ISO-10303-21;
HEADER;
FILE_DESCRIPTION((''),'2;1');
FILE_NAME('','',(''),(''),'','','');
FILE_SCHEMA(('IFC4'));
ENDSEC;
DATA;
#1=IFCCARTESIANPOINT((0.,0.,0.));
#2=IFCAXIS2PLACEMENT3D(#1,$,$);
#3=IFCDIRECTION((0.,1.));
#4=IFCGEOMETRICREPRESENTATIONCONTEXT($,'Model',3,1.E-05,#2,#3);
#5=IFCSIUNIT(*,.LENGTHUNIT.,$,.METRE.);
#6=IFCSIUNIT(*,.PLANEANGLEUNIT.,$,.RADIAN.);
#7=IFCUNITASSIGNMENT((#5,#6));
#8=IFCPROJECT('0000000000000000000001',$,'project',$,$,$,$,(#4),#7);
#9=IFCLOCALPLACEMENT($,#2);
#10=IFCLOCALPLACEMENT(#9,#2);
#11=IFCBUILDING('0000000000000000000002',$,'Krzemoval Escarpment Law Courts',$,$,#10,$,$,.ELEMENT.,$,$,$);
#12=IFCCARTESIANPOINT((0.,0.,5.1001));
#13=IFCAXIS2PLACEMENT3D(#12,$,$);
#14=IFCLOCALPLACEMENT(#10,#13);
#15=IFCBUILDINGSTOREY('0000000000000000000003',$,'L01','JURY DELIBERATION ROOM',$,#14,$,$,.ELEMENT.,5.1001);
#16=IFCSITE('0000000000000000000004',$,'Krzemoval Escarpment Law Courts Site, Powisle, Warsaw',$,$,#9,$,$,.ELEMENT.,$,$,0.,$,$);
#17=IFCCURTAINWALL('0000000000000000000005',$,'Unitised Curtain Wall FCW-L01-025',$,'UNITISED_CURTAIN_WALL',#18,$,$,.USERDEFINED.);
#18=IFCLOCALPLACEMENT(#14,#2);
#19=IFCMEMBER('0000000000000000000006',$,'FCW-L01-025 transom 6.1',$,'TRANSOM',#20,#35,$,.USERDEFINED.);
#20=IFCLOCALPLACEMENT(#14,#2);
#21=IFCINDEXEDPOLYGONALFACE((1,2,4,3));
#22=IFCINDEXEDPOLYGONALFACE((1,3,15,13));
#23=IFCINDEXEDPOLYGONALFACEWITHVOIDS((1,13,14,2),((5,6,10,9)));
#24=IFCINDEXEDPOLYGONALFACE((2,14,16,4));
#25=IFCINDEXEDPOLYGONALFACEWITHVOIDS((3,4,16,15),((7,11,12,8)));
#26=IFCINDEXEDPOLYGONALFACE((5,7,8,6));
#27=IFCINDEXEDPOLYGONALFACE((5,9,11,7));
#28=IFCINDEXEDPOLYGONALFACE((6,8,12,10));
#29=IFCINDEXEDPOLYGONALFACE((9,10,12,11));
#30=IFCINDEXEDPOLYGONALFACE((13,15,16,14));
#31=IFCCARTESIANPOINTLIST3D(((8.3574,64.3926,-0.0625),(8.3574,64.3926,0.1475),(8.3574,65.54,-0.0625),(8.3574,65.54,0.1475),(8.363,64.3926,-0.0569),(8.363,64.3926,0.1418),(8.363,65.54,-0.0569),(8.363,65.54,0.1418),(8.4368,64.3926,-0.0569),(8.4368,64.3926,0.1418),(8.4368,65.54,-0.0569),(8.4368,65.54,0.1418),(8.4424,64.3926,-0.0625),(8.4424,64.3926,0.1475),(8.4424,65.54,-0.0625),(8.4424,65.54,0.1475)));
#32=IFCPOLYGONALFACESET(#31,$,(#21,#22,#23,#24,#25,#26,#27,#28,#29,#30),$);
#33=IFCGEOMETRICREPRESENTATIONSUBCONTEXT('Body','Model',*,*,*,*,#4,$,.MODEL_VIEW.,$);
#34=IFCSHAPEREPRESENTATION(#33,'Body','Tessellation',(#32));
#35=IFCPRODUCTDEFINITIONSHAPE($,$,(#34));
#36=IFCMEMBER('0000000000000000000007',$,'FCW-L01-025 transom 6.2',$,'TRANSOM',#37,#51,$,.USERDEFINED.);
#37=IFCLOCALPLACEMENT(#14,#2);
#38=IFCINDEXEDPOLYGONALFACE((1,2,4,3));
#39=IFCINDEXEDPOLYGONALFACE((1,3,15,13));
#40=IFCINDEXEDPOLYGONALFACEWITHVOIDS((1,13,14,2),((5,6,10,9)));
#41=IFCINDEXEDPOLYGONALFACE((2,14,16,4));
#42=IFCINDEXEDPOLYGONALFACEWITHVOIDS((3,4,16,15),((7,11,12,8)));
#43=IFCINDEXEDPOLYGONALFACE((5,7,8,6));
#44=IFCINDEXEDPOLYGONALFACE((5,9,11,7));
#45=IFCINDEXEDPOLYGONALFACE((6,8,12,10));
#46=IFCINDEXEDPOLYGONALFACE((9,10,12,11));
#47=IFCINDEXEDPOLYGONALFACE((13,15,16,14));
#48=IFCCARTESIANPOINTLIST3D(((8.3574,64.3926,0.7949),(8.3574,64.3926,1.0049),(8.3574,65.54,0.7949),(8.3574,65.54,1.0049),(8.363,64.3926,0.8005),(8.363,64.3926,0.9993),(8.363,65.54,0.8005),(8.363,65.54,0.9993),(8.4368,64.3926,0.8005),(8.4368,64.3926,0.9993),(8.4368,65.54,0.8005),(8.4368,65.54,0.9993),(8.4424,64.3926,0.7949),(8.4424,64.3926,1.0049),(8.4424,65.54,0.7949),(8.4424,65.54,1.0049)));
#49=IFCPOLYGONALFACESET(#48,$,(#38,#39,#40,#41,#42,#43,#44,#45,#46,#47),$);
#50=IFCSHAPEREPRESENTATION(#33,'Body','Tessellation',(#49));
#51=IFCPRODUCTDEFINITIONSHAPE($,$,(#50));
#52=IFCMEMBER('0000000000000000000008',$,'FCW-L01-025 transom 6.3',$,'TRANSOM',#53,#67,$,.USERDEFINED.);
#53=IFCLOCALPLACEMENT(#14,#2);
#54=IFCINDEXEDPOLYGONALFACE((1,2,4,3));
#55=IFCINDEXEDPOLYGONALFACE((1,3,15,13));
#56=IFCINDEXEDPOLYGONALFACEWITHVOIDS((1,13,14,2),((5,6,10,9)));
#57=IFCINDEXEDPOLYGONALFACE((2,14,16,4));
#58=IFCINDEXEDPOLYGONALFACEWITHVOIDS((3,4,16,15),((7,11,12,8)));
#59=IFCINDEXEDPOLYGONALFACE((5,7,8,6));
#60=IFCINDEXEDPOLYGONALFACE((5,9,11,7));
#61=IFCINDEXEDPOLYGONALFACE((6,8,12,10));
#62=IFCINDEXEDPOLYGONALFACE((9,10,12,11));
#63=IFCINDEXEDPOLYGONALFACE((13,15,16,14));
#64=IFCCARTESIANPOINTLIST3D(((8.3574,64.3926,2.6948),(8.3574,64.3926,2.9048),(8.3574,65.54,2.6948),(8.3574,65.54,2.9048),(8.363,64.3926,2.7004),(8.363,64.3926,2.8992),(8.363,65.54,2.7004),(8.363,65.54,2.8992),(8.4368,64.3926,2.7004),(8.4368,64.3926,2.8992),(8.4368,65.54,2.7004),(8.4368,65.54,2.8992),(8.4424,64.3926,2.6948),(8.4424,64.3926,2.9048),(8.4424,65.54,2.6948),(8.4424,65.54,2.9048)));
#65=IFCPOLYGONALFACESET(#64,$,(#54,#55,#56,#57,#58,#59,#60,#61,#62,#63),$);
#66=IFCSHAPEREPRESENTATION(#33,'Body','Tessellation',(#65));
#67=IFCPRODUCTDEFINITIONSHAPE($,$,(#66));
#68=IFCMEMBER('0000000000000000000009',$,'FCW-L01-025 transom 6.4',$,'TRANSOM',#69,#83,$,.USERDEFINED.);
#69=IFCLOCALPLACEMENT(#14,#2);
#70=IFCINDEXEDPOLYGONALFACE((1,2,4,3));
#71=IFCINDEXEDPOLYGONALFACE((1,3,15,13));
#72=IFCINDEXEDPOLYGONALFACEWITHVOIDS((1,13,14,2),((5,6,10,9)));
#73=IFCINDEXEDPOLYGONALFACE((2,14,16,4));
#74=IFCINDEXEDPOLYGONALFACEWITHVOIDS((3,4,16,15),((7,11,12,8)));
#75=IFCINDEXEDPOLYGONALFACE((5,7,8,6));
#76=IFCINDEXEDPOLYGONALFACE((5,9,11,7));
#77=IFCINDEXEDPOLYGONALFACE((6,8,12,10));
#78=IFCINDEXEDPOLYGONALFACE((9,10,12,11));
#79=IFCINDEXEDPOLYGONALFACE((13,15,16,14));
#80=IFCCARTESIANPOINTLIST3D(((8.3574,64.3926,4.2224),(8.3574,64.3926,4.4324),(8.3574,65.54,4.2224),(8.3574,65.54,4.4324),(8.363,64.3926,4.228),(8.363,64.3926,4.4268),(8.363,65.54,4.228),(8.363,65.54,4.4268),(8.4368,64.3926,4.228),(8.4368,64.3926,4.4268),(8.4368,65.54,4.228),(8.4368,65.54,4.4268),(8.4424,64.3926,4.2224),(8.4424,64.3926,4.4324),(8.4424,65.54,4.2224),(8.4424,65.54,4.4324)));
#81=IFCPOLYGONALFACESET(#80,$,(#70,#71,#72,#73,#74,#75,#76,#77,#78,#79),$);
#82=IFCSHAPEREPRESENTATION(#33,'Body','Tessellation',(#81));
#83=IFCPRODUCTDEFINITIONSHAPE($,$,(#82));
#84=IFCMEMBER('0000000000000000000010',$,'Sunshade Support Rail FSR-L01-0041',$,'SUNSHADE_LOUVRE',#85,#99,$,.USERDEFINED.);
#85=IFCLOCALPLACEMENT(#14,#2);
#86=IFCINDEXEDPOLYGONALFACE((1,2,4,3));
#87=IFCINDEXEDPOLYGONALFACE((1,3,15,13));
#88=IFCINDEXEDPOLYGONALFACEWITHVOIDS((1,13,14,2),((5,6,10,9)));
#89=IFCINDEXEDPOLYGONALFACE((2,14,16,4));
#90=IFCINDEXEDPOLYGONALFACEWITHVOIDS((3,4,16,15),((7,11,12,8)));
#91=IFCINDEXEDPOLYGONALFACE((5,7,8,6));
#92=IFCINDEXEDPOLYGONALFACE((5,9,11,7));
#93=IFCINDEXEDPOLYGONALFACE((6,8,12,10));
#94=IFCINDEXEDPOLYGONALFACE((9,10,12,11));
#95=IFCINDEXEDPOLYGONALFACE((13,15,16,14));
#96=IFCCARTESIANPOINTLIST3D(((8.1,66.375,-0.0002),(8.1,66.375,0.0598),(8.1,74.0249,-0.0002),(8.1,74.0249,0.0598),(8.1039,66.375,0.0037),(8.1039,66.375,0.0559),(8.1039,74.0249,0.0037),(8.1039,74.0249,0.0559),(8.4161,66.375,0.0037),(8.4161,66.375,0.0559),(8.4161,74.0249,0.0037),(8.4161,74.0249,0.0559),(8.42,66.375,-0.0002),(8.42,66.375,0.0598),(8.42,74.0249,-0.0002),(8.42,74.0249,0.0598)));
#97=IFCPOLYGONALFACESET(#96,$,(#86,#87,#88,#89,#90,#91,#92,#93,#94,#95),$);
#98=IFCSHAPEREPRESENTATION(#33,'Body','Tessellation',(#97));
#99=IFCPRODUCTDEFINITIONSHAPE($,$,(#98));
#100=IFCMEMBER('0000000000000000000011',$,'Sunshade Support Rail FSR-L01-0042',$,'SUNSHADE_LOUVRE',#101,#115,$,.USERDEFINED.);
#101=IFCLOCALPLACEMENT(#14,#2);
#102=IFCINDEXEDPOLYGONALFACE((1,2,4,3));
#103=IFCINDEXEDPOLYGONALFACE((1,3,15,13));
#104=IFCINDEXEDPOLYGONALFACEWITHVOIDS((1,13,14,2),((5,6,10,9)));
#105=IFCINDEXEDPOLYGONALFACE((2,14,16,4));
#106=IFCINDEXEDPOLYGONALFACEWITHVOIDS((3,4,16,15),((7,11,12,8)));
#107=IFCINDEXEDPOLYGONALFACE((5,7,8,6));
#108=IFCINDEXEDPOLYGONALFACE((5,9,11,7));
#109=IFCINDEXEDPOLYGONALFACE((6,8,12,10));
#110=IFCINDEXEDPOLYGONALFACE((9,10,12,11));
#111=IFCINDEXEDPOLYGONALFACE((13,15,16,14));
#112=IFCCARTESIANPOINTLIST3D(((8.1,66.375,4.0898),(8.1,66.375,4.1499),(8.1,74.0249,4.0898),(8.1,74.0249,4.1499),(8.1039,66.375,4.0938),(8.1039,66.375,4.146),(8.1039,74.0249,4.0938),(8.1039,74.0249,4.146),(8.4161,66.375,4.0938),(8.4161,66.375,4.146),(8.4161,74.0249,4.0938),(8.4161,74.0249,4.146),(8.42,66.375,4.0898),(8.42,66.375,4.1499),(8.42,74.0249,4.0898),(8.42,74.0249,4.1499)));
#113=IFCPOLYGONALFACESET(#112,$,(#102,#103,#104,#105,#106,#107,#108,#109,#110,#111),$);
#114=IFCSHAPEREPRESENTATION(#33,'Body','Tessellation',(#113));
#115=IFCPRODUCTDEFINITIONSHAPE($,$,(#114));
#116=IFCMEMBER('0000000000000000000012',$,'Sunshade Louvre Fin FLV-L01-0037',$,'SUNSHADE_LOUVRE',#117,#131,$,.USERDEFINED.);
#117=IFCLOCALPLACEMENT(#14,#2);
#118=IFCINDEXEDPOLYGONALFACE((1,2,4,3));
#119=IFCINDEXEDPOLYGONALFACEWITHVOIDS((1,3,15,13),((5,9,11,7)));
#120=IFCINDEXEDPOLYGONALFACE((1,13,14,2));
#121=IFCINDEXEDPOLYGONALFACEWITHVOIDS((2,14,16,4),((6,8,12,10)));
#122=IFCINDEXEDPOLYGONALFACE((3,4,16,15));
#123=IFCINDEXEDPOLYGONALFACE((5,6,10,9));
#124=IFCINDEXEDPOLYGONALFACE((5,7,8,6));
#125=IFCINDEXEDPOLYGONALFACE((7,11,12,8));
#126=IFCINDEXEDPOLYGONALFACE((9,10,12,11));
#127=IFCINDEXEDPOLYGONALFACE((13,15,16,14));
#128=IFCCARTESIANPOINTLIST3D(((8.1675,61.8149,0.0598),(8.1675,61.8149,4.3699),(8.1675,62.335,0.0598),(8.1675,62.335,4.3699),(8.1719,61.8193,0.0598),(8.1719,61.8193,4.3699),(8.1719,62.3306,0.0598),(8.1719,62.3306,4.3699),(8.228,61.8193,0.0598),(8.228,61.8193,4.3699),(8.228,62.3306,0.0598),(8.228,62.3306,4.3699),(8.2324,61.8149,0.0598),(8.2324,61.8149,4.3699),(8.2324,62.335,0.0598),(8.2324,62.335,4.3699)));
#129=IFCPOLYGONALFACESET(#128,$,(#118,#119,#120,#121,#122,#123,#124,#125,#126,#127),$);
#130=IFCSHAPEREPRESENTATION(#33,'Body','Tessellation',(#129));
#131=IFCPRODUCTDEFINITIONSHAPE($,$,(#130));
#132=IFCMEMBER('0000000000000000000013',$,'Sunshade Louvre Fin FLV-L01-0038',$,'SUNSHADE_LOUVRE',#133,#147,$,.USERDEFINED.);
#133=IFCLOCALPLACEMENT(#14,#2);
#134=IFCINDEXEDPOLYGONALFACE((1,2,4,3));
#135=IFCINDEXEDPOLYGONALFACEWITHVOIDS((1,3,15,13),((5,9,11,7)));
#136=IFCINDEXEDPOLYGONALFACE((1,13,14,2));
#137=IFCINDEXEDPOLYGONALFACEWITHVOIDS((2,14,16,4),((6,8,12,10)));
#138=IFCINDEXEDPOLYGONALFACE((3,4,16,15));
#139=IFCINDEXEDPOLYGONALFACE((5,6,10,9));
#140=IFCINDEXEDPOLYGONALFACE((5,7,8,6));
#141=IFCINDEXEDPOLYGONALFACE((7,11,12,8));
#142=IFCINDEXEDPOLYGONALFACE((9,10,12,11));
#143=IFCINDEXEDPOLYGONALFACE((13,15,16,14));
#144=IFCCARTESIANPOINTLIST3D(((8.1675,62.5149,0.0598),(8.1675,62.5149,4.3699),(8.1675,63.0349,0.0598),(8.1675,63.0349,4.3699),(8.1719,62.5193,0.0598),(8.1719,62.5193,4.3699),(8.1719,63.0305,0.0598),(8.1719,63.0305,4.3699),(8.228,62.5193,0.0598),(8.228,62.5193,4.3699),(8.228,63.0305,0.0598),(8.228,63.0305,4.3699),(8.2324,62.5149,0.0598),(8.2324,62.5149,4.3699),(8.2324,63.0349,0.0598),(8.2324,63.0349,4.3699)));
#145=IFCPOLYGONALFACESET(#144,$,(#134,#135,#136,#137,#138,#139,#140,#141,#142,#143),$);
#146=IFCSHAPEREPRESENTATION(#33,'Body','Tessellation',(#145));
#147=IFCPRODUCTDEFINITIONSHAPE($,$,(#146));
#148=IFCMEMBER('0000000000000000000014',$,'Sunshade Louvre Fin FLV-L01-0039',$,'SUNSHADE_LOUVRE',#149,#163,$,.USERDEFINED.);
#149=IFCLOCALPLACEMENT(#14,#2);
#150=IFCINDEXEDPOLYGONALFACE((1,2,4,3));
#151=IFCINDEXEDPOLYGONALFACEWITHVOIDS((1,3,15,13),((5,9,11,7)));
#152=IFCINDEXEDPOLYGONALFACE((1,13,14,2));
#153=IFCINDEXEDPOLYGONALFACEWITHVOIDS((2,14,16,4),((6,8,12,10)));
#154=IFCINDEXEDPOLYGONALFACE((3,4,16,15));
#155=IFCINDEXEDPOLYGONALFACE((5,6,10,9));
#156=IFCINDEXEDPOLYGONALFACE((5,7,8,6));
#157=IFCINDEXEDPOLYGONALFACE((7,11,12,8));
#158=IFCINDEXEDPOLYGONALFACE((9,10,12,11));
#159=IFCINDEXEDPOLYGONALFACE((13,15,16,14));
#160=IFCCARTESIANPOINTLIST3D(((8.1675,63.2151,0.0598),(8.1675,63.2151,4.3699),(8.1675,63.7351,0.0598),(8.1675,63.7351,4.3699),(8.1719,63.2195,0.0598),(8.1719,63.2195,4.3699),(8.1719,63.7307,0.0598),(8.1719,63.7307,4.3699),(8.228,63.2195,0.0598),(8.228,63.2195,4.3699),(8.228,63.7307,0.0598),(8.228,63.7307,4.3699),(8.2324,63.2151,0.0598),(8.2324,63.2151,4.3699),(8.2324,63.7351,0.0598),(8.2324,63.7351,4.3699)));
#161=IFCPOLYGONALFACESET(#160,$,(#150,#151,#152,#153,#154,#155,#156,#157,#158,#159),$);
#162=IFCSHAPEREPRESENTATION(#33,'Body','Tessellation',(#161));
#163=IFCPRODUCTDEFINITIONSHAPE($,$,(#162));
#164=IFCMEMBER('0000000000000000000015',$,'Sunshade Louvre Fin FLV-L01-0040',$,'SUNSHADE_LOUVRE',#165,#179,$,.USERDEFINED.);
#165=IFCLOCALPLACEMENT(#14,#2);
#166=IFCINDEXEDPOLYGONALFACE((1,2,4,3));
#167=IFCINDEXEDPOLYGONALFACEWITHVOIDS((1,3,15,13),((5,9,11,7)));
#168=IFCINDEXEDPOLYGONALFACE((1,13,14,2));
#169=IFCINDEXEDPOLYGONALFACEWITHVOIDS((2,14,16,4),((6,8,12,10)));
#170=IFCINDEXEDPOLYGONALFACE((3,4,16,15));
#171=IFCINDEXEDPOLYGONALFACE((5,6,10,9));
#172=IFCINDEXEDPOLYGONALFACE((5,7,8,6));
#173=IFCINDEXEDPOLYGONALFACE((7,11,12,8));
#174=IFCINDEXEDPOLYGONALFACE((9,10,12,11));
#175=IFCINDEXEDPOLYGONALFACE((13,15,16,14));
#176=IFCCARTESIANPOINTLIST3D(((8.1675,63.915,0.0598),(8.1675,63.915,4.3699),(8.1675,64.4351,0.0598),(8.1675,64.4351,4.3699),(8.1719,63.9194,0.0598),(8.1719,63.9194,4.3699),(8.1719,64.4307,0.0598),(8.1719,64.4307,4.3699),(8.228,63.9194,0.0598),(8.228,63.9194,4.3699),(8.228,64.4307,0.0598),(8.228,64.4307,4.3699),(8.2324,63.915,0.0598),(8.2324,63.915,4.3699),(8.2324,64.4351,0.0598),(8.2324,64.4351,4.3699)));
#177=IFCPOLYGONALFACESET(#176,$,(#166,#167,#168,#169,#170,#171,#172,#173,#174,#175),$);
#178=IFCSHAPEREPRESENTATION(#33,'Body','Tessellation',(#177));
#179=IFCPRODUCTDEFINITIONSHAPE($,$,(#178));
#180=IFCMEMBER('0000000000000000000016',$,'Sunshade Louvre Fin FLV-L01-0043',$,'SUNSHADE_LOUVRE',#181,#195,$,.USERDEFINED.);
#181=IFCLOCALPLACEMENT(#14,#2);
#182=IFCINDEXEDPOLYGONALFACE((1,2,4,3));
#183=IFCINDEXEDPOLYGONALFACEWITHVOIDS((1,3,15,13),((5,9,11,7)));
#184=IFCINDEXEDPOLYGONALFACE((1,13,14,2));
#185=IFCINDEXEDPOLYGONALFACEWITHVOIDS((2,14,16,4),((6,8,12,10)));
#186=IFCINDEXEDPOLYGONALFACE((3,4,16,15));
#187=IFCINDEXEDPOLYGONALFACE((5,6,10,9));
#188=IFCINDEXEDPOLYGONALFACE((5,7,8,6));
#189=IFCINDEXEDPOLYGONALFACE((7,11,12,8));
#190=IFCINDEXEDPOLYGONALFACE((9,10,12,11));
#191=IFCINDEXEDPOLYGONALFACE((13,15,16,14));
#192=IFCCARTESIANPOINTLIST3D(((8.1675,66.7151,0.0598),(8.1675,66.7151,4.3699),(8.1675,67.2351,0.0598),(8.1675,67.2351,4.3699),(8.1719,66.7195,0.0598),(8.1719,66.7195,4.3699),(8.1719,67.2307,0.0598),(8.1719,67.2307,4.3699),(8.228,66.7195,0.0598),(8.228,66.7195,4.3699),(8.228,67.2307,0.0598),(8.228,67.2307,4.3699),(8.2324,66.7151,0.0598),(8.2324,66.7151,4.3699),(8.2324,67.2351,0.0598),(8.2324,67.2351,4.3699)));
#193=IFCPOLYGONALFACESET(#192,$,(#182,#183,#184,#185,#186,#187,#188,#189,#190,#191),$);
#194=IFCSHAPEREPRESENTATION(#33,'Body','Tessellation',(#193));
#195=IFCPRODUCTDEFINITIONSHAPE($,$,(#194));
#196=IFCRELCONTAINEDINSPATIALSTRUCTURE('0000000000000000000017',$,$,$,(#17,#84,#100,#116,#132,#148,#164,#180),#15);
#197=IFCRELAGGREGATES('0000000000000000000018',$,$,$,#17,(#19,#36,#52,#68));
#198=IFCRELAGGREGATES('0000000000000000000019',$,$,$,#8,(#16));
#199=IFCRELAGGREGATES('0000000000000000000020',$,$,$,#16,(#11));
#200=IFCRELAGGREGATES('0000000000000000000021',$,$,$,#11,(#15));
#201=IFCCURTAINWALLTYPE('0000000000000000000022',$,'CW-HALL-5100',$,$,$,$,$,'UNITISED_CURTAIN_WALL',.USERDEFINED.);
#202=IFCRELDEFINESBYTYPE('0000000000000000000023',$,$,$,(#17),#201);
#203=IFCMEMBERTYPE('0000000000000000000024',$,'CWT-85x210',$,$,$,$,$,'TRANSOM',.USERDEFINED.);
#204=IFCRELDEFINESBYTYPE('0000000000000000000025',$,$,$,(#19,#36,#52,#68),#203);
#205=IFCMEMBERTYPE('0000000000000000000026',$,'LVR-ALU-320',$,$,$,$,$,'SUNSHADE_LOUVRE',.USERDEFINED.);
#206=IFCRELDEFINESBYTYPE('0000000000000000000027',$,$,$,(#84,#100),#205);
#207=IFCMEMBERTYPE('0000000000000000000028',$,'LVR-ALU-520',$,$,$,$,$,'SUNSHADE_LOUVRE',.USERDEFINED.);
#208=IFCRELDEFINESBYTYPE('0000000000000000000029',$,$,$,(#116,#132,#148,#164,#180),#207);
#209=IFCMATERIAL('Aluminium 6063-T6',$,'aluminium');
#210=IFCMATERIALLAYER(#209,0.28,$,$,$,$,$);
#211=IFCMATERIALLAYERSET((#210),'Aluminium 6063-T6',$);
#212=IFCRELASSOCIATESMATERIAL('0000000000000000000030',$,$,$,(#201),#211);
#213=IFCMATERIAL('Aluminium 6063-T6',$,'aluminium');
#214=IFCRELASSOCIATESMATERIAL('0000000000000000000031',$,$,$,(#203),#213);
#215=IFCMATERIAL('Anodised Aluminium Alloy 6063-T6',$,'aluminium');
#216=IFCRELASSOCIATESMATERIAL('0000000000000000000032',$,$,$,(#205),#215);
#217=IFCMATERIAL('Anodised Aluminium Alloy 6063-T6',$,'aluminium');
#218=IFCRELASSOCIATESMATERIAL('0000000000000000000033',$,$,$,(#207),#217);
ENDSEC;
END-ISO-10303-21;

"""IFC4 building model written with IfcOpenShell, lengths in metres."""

from ifc_helpers import new_model, si_unit, direction, frame, origin, origin_2d, place, context, subcontext, project, spatial, hollow_rectangle, extrude, material, layer, layer_set, material_profile, profile_set, type_object, element, aggregate, save


model = new_model("IFC4")

# Units and contexts
model_context = context("Model", 3, precision=1e-05, world=origin(), true_north=direction((0.0, 1.0)))
body_context = subcontext(model_context, "Body", "Model", "MODEL_VIEW")
ifc_project = project(units=[si_unit("LENGTHUNIT", "METRE"), si_unit("PLANEANGLEUNIT", "RADIAN")], contexts=[model_context])

# Site, building, storey
site_placement = place(None, origin())
site = spatial("IfcSite", under=ifc_project, at=site_placement, Name="Krzemoval Escarpment Law Courts Site, Powisle, Warsaw", CompositionType="ELEMENT", RefElevation=0.0)
building_placement = place(site_placement, origin())
building = spatial("IfcBuilding", under=site, at=building_placement, Name="Krzemoval Escarpment Law Courts", CompositionType="ELEMENT")
storey_placement = place(building_placement, frame((0.0, 0.0, 5.1001)))
storey = spatial("IfcBuildingStorey", under=building, at=storey_placement, Name="L01", Description="JURY DELIBERATION ROOM", CompositionType="ELEMENT", Elevation=5.1001)

# Curtain wall, members
ifc_material_1 = material(Name="Aluminium 6063-T6", Category="aluminium")
ifc_layer_1 = layer(ifc_material_1, 0.28)
ifc_layer_set_1 = layer_set([ifc_layer_1], Name="Aluminium 6063-T6")
curtain_wall_type = type_object("IfcCurtainWallType", Name="CW-HALL-5100", ElementType="UNITISED_CURTAIN_WALL", PredefinedType="USERDEFINED", material=ifc_layer_set_1)
curtain_wall_placement = place(storey_placement, origin())
curtain_wall = element("IfcCurtainWall", 1, at=curtain_wall_placement, inside=storey, type_object=curtain_wall_type, Name="Unitised Curtain Wall FCW-L01-025", ObjectType="UNITISED_CURTAIN_WALL", PredefinedType="USERDEFINED")
ifc_material_2 = material(Name="Aluminium 6063-T6", Category="aluminium")
ifc_material_profile_1 = material_profile(ifc_material_2, hollow_rectangle(XDim=0.085, YDim=0.21, WallThickness=0.0056, at=origin_2d()), Name="ALU T85x210")
ifc_profile_set_1 = profile_set([ifc_material_profile_1], Name="Aluminium 6063-T6")
member_type_1 = type_object("IfcMemberType", Name="CWT-85x210", ElementType="TRANSOM", PredefinedType="USERDEFINED", material=ifc_profile_set_1)
member_1_placement = place(storey_placement, frame((8.3999, 64.3926, 0.0425), z_axis=(0.0, 1.0, 0.0), x_axis=(-1.0, 0.0, 0.0)))
member_1 = element("IfcMember", 2, at=member_1_placement, type_object=member_type_1, Name="FCW-L01-025 transom 6.1", ObjectType="TRANSOM", PredefinedType="USERDEFINED", context=body_context, shape_type="SweptSolid", body=[
    extrude(hollow_rectangle(XDim=0.085, YDim=0.21, WallThickness=0.0056, at=origin_2d()), origin(), (0.0, 0.0, 1.0), 1.1475),
])
member_2_placement = place(storey_placement, frame((8.3999, 64.3926, 0.8999), z_axis=(0.0, 1.0, 0.0), x_axis=(-1.0, 0.0, 0.0)))
member_2 = element("IfcMember", 3, at=member_2_placement, type_object=member_type_1, Name="FCW-L01-025 transom 6.2", ObjectType="TRANSOM", PredefinedType="USERDEFINED", context=body_context, shape_type="SweptSolid", body=[
    extrude(hollow_rectangle(XDim=0.085, YDim=0.21, WallThickness=0.0056, at=origin_2d()), origin(), (0.0, 0.0, 1.0), 1.1475),
])
member_3_placement = place(storey_placement, frame((8.3999, 64.3926, 2.7998), z_axis=(0.0, 1.0, 0.0), x_axis=(-1.0, 0.0, 0.0)))
member_3 = element("IfcMember", 4, at=member_3_placement, type_object=member_type_1, Name="FCW-L01-025 transom 6.3", ObjectType="TRANSOM", PredefinedType="USERDEFINED", context=body_context, shape_type="SweptSolid", body=[
    extrude(hollow_rectangle(XDim=0.085, YDim=0.21, WallThickness=0.0056, at=origin_2d()), origin(), (0.0, 0.0, 1.0), 1.1475),
])
member_4_placement = place(storey_placement, frame((8.3999, 64.3926, 4.3274), z_axis=(0.0, 1.0, 0.0), x_axis=(-1.0, 0.0, 0.0)))
member_4 = element("IfcMember", 5, at=member_4_placement, type_object=member_type_1, Name="FCW-L01-025 transom 6.4", ObjectType="TRANSOM", PredefinedType="USERDEFINED", context=body_context, shape_type="SweptSolid", body=[
    extrude(hollow_rectangle(XDim=0.085, YDim=0.21, WallThickness=0.0056, at=origin_2d()), origin(), (0.0, 0.0, 1.0), 1.1475),
])

# Members
ifc_material_3 = material(Name="Anodised Aluminium Alloy 6063-T6", Category="aluminium")
ifc_material_profile_2 = material_profile(ifc_material_3, hollow_rectangle(XDim=0.0601, YDim=0.3201, WallThickness=0.0039, at=origin_2d()), Name="ALU LVR 60x320")
ifc_profile_set_2 = profile_set([ifc_material_profile_2], Name="Anodised Aluminium Alloy 6063-T6")
member_type_2 = type_object("IfcMemberType", Name="LVR-ALU-320", ElementType="SUNSHADE_LOUVRE", PredefinedType="USERDEFINED", material=ifc_profile_set_2)
for number, where, z_axis, x_axis, name in (
    (6, (8.26, 66.375, 0.0298), (0.0, 1.0, 0.0), (0.0, 0.0, 1.0), "Sunshade Support Rail FSR-L01-0041"),
    (7, (8.26, 66.375, 4.1199), (0.0, 1.0, 0.0), (0.0, 0.0, 1.0), "Sunshade Support Rail FSR-L01-0042"),
):
    element("IfcMember", number, at=place(storey_placement, frame(where, z_axis=z_axis, x_axis=x_axis)), inside=storey, type_object=member_type_2, Name=name, ObjectType="SUNSHADE_LOUVRE", PredefinedType="USERDEFINED", context=body_context, shape_type="SweptSolid", body=[
        extrude(hollow_rectangle(XDim=0.0601, YDim=0.3201, WallThickness=0.0039, at=origin_2d()), origin(), (0.0, 0.0, 1.0), 7.6499),
    ])
ifc_material_4 = material(Name="Anodised Aluminium Alloy 6063-T6", Category="aluminium")
ifc_material_profile_3 = material_profile(ifc_material_4, hollow_rectangle(XDim=0.0649, YDim=0.52, WallThickness=0.0044, at=origin_2d()), Name="ALU LVR 65x520")
ifc_profile_set_3 = profile_set([ifc_material_profile_3], Name="Anodised Aluminium Alloy 6063-T6")
member_type_3 = type_object("IfcMemberType", Name="LVR-ALU-520", ElementType="SUNSHADE_LOUVRE", PredefinedType="USERDEFINED", material=ifc_profile_set_3)
for number, where, z_axis, x_axis, name in (
    (8, (8.2, 62.075, 0.0598), (0.0, 0.0, 1.0), (1.0, 0.0, 0.0), "Sunshade Louvre Fin FLV-L01-0037"),
    (9, (8.2, 62.7749, 0.0598), (0.0, 0.0, 1.0), (1.0, 0.0, 0.0), "Sunshade Louvre Fin FLV-L01-0038"),
    (10, (8.2, 63.4751, 0.0598), (0.0, 0.0, 1.0), (1.0, 0.0, 0.0), "Sunshade Louvre Fin FLV-L01-0039"),
    (11, (8.2, 64.175, 0.0598), (0.0, 0.0, 1.0), (1.0, 0.0, 0.0), "Sunshade Louvre Fin FLV-L01-0040"),
    (12, (8.2, 66.9751, 0.0598), (0.0, 0.0, 1.0), (1.0, 0.0, 0.0), "Sunshade Louvre Fin FLV-L01-0043"),
):
    element("IfcMember", number, at=place(storey_placement, frame(where, z_axis=z_axis, x_axis=x_axis)), inside=storey, type_object=member_type_3, Name=name, ObjectType="SUNSHADE_LOUVRE", PredefinedType="USERDEFINED", context=body_context, shape_type="SweptSolid", body=[
        extrude(hollow_rectangle(XDim=0.0649, YDim=0.52, WallThickness=0.0044, at=origin_2d()), origin(), (0.0, 0.0, 1.0), 4.3101),
    ])

aggregate(curtain_wall, [member_1, member_2, member_3, member_4])

save(model, "model.ifc")
